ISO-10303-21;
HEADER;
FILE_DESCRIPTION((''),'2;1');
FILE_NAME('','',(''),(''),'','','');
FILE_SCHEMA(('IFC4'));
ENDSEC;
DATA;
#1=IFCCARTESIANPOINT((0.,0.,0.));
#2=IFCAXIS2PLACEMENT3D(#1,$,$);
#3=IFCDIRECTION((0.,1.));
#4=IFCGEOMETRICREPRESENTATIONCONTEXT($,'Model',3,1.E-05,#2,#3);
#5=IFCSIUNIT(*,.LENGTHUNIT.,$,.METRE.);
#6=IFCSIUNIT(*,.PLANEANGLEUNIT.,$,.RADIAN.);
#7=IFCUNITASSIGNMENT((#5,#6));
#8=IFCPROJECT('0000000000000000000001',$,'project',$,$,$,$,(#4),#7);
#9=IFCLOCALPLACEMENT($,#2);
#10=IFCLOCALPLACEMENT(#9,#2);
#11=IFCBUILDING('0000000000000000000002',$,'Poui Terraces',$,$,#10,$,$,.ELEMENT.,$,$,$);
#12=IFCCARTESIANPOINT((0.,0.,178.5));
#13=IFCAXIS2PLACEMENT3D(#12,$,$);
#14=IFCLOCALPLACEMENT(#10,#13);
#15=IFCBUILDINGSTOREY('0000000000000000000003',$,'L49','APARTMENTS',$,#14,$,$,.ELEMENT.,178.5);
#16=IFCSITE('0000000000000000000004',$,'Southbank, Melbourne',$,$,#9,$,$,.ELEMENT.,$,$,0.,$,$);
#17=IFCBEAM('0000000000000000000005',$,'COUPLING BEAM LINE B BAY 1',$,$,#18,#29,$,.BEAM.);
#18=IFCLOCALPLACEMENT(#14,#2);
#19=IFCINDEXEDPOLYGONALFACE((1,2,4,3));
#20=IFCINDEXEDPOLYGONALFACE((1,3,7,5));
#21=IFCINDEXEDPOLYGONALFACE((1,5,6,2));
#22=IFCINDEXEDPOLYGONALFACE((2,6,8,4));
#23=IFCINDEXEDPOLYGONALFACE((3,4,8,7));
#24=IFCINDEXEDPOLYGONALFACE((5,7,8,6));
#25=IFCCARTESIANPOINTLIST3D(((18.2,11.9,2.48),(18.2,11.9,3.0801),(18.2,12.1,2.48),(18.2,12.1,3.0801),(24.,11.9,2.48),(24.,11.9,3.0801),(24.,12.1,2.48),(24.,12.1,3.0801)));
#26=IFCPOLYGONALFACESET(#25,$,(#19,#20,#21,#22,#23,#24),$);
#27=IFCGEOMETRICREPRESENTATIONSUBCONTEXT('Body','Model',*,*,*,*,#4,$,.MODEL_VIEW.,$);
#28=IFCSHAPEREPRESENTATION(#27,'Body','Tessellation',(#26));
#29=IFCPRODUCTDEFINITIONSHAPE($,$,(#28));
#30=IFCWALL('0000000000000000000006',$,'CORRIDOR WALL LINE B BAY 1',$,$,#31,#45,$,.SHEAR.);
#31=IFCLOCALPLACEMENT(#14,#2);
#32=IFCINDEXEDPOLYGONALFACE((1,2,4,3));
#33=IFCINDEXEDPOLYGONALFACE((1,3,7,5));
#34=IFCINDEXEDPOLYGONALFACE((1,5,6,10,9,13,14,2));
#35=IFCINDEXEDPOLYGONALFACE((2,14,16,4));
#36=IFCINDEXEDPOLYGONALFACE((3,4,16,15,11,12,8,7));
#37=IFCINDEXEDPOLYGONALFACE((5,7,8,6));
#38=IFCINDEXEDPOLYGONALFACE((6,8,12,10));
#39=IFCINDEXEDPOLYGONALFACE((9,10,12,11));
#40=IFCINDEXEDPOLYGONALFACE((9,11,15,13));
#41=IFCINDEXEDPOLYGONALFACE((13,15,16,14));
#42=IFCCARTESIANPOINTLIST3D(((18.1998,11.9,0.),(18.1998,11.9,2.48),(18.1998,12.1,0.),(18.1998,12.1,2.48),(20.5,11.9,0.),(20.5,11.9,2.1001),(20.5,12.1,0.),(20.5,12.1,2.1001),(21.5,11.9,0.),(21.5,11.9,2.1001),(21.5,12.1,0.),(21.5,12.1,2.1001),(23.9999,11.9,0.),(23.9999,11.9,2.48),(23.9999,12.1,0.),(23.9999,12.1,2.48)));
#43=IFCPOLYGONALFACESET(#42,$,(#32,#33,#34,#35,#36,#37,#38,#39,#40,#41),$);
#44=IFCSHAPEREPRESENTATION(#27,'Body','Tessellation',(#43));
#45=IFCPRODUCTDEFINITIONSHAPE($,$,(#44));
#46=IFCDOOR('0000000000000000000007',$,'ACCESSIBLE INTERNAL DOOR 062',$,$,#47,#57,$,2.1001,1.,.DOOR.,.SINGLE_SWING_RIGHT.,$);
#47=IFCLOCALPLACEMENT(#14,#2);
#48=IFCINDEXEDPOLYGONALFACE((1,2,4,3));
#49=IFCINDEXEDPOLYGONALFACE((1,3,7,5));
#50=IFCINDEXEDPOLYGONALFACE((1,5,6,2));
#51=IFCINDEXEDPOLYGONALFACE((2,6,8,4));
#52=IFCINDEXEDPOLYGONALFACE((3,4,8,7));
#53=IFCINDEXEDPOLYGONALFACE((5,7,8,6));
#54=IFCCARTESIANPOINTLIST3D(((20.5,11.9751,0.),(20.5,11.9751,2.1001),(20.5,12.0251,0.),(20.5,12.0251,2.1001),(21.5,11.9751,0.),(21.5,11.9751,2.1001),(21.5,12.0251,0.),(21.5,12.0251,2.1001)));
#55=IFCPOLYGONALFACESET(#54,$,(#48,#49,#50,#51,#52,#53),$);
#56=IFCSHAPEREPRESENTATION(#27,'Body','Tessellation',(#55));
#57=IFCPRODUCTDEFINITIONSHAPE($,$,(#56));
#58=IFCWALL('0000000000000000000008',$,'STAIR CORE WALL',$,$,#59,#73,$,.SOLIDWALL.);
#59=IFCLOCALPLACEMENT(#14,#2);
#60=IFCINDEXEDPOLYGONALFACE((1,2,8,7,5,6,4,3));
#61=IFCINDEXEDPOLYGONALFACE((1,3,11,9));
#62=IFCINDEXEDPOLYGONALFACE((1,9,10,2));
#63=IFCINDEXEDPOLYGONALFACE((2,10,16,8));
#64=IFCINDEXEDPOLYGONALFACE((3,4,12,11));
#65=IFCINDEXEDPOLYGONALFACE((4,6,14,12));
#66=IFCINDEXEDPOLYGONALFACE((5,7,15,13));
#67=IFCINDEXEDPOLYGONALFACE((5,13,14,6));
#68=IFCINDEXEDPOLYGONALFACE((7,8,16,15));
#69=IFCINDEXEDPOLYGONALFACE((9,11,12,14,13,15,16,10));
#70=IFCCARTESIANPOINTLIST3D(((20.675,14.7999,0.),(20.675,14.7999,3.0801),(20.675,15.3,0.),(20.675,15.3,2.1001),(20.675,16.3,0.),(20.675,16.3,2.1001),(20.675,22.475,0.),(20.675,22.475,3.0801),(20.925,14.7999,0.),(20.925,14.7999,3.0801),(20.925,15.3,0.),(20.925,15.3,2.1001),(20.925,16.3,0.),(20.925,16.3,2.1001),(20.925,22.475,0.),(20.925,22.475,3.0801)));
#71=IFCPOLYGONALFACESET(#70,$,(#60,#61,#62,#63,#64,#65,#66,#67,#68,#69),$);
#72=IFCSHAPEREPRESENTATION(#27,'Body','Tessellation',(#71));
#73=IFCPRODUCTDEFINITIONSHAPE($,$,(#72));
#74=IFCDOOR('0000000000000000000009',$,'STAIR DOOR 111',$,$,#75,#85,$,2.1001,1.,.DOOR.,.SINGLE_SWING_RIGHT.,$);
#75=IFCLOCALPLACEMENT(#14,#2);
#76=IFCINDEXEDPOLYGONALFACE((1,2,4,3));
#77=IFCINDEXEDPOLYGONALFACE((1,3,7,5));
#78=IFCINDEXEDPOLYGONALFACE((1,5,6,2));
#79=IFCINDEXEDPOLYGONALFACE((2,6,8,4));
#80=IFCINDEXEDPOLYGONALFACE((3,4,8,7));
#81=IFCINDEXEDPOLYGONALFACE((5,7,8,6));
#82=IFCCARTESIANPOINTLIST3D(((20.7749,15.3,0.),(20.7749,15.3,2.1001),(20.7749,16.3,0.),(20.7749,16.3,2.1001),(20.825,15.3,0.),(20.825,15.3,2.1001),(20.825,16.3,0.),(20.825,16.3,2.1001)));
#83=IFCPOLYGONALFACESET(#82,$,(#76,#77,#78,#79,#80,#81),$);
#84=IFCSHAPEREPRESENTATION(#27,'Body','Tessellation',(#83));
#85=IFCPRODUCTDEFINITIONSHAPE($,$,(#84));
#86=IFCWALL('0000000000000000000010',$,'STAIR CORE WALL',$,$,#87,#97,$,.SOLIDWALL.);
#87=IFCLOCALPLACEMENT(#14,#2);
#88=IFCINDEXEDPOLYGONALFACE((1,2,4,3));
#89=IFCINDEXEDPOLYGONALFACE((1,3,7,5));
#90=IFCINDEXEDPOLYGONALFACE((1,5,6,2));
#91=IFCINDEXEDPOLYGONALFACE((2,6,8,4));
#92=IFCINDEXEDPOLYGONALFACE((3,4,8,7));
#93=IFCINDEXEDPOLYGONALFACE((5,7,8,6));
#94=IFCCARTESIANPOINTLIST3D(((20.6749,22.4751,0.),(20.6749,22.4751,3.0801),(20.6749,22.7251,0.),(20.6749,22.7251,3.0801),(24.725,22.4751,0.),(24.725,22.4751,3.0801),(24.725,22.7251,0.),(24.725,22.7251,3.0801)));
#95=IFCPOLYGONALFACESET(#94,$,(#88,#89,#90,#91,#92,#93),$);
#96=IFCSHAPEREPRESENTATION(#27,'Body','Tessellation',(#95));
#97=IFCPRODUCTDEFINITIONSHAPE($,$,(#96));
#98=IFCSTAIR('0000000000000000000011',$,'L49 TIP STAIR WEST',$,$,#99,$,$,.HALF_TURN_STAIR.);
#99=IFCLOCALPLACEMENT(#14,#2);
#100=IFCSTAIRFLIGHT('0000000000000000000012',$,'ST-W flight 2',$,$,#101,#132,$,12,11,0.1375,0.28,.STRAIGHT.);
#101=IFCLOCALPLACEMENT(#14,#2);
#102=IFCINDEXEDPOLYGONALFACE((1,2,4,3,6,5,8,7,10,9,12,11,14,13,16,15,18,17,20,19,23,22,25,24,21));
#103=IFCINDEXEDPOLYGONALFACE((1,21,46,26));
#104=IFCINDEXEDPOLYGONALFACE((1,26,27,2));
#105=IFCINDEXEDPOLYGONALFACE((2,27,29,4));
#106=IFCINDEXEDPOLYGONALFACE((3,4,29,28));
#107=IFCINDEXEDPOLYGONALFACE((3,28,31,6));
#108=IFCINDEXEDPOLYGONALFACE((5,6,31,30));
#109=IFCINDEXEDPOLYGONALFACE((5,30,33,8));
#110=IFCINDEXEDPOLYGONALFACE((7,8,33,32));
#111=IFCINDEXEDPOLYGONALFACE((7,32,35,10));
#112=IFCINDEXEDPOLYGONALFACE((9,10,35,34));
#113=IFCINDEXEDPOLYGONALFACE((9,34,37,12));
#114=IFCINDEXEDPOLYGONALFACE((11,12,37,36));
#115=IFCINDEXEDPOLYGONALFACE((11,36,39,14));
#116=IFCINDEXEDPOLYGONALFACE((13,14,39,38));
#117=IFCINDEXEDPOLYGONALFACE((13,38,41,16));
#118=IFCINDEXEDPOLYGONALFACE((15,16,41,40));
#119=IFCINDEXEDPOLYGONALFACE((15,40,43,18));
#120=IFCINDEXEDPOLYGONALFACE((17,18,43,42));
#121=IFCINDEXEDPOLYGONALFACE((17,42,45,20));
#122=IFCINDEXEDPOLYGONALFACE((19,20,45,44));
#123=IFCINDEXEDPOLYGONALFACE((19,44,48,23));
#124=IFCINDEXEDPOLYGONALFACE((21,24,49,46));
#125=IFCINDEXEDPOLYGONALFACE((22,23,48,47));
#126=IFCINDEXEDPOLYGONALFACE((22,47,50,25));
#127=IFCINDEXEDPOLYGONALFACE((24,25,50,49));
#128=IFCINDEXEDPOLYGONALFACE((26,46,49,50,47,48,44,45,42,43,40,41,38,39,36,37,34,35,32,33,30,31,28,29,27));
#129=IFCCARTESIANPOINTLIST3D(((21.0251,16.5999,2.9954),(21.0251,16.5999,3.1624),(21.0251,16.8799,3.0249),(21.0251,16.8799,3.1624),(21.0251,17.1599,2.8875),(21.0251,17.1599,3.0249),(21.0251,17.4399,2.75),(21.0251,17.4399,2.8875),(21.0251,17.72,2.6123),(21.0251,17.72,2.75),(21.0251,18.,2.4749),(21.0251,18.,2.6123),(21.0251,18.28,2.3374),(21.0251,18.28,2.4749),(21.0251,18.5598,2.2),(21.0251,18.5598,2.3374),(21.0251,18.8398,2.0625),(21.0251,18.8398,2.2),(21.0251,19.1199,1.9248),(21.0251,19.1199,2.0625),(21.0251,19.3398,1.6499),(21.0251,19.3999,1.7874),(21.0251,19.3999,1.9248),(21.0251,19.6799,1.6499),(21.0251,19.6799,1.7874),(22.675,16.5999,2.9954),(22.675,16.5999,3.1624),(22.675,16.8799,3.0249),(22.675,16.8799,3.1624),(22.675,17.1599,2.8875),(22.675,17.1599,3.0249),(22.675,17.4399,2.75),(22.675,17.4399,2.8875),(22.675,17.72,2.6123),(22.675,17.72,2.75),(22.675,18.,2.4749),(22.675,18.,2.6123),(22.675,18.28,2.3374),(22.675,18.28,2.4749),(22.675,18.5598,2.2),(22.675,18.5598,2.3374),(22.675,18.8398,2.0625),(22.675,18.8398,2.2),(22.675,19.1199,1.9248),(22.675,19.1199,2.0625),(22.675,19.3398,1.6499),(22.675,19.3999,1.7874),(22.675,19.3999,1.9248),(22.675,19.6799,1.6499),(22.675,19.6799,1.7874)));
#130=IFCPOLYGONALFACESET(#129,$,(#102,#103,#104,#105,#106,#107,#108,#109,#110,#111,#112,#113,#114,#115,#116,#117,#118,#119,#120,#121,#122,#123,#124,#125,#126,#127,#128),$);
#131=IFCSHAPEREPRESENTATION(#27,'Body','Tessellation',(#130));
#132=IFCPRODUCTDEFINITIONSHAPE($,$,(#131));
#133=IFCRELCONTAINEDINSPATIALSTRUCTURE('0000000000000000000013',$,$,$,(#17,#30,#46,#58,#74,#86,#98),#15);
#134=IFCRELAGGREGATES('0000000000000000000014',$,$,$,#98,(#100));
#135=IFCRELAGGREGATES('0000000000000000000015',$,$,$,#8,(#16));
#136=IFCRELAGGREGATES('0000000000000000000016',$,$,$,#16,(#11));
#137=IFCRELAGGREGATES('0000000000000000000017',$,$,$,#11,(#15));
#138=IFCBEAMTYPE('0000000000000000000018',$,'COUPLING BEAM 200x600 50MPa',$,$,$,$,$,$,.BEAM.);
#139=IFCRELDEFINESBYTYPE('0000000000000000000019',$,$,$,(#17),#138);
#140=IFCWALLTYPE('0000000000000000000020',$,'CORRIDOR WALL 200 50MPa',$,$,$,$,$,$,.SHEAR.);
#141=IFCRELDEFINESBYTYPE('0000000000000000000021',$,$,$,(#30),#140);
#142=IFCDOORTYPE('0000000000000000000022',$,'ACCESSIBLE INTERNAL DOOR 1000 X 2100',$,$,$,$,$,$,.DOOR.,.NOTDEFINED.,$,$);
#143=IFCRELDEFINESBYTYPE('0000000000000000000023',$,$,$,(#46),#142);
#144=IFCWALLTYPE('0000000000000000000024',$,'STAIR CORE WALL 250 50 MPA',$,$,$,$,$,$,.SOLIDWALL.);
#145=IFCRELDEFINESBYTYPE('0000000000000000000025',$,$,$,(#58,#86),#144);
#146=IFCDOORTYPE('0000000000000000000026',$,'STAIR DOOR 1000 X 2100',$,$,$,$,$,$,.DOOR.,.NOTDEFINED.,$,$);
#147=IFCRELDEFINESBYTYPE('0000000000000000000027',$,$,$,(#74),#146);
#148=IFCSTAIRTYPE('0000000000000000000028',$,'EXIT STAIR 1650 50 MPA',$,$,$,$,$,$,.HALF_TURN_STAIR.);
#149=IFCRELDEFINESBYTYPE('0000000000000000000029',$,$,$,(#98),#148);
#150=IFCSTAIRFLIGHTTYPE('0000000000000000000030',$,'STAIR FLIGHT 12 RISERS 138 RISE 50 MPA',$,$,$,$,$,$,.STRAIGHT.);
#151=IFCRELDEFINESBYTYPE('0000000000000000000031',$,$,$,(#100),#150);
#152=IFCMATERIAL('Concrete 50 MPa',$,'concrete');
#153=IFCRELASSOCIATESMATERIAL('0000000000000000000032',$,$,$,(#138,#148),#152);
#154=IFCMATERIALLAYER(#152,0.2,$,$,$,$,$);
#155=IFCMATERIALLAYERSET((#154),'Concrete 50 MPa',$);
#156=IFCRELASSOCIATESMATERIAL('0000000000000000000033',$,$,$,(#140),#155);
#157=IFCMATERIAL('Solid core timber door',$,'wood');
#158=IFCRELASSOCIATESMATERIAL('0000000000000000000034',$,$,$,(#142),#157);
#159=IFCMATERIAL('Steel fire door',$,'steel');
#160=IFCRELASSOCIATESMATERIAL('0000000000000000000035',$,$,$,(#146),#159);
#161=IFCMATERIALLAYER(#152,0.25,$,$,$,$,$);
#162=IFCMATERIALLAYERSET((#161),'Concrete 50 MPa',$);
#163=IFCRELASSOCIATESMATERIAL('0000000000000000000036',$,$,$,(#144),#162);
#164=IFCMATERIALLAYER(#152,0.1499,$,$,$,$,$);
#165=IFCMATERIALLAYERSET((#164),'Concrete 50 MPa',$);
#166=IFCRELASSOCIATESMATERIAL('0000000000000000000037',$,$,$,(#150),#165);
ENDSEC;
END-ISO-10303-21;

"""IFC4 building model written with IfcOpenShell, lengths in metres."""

from ifc_helpers import new_model, si_unit, direction, frame, frame_2d, origin, origin_2d, place, context, subcontext, project, spatial, polyline, rectangle, outline, extrude, source, transform, mapped, material, layer, layer_set, material_profile, profile_set, type_object, element, fill, aggregate, save


model = new_model("IFC4")

# Units and contexts
model_context = context("Model", 3, precision=1e-05, world=origin(), true_north=direction((0.0, 1.0)))
body_context = subcontext(model_context, "Body", "Model", "MODEL_VIEW")
ifc_project = project(units=[si_unit("LENGTHUNIT", "METRE"), si_unit("PLANEANGLEUNIT", "RADIAN")], contexts=[model_context])

# Site, building, storey
site_placement = place(None, origin())
site = spatial("IfcSite", under=ifc_project, at=site_placement, Name="Southbank, Melbourne", CompositionType="ELEMENT", RefElevation=0.0)
building_placement = place(site_placement, origin())
building = spatial("IfcBuilding", under=site, at=building_placement, Name="Poui Terraces", CompositionType="ELEMENT")
storey_placement = place(building_placement, frame((0.0, 0.0, 178.5)))
storey = spatial("IfcBuildingStorey", under=building, at=storey_placement, Name="L49", Description="APARTMENTS", CompositionType="ELEMENT", Elevation=178.5)

# Beam
ifc_material_1 = material(Name="Concrete 50 MPa", Category="concrete")
ifc_material_profile = material_profile(ifc_material_1, rectangle(XDim=0.2, YDim=0.6001, at=origin_2d()), Name="RC 200x600")
ifc_profile_set = profile_set([ifc_material_profile], Name="Concrete 50 MPa")
beam_type = type_object("IfcBeamType", Name="COUPLING BEAM 200x600 50MPa", PredefinedType="BEAM", material=ifc_profile_set)
shared_shape = source(origin(), body_context, "Body", "SweptSolid", [
    extrude(rectangle(XDim=0.2, YDim=0.6001, at=origin_2d()), origin(), (0.0, 0.0, 1.0), 5.8),
])
beam_placement = place(storey_placement, frame((18.2, 12.0, 2.78), z_axis=(1.0, 0.0, 0.0), x_axis=(0.0, 1.0, 0.0)))
element("IfcBeam", 1, at=beam_placement, inside=storey, type_object=beam_type, Name="COUPLING BEAM LINE B BAY 1", PredefinedType="BEAM", context=body_context, shape_type="MappedRepresentation", body=[
    mapped(shared_shape, transform((0.0, 0.0, 0.0))),
])

# Wall, opening, door
ifc_layer_1 = layer(ifc_material_1, 0.2)
ifc_layer_set_1 = layer_set([ifc_layer_1], Name="Concrete 50 MPa")
wall_type_1 = type_object("IfcWallType", Name="CORRIDOR WALL 200 50MPa", PredefinedType="SHEAR", material=ifc_layer_set_1)
wall_1_placement = place(storey_placement, frame((18.2, 12.0, 0.0), z_axis=(0.0, 0.0, 1.0), x_axis=(1.0, 0.0, 0.0)))
wall_1 = element("IfcWall", 2, at=wall_1_placement, inside=storey, type_object=wall_type_1, Name="CORRIDOR WALL LINE B BAY 1", PredefinedType="SHEAR", context=body_context, shape_type="SweptSolid", body=[
    extrude(rectangle(XDim=5.8, YDim=0.2, at=frame_2d((2.8999, 0.0))), origin(), (0.0, 0.0, 1.0), 2.48),
])
opening_1_placement = place(wall_1_placement, frame((2.3, 0.0, 0.0)))
opening_1 = element("IfcOpeningElement", 3, at=opening_1_placement, cuts=wall_1, PredefinedType="OPENING", context=body_context, shape_type="SweptSolid", body=[
    extrude(rectangle(XDim=1.0, YDim=2.1001, at=frame_2d((0.5, 1.05))), frame((0.0, 0.1099, 0.0), z_axis=(0.0, -1.0, 0.0), x_axis=(1.0, 0.0, 0.0)), (0.0, 0.0, 1.0), 0.22),
])
ifc_material_2 = material(Name="Solid core timber door", Category="wood")
door_type_1 = type_object("IfcDoorType", Name="ACCESSIBLE INTERNAL DOOR 1000 X 2100", OperationType="NOTDEFINED", PredefinedType="DOOR", material=ifc_material_2)
door_1_placement = place(opening_1_placement, frame((1.0, 0.0, 0.0), z_axis=(0.0, 0.0, 1.0), x_axis=(-1.0, 0.0, 0.0)))
door_1 = element("IfcDoor", 4, at=door_1_placement, inside=storey, type_object=door_type_1, Name="ACCESSIBLE INTERNAL DOOR 062", OperationType="SINGLE_SWING_RIGHT", OverallHeight=2.1001, OverallWidth=1.0, PredefinedType="DOOR", context=body_context, shape_type="SweptSolid", body=[
    extrude(rectangle(XDim=1.0, YDim=2.1001, at=frame_2d((0.5, 1.05))), frame((0.0, 0.0249, 0.0), z_axis=(0.0, -1.0, 0.0), x_axis=(1.0, 0.0, 0.0)), (0.0, 0.0, 1.0), 0.05),
])
fill(opening_1, door_1)

# Shared definitions
ifc_material_3 = material(Name="Steel fire door", Category="steel")
door_type_2 = type_object("IfcDoorType", Name="STAIR DOOR 1000 X 2100", OperationType="NOTDEFINED", PredefinedType="DOOR", material=ifc_material_3)

# Wall, opening, door
ifc_layer_2 = layer(ifc_material_1, 0.25)
ifc_layer_set_2 = layer_set([ifc_layer_2], Name="Concrete 50 MPa")
wall_type_2 = type_object("IfcWallType", Name="STAIR CORE WALL 250 50 MPA", PredefinedType="SOLIDWALL", material=ifc_layer_set_2)
wall_2_placement = place(storey_placement, frame((20.8, 14.8, 0.0), z_axis=(0.0, 0.0, 1.0), x_axis=(0.0, 1.0, 0.0)))
wall_2 = element("IfcWall", 5, at=wall_2_placement, inside=storey, type_object=wall_type_2, Name="STAIR CORE WALL", PredefinedType="SOLIDWALL", context=body_context, shape_type="SweptSolid", body=[
    extrude(rectangle(XDim=7.675, YDim=0.25, at=frame_2d((3.8374, 0.0))), origin(), (0.0, 0.0, 1.0), 3.0801),
])
opening_2_placement = place(wall_2_placement, frame((0.5, 0.0, 0.0)))
opening_2 = element("IfcOpeningElement", 6, at=opening_2_placement, cuts=wall_2, PredefinedType="OPENING", context=body_context, shape_type="SweptSolid", body=[
    extrude(rectangle(XDim=1.0, YDim=2.1001, at=frame_2d((0.5, 1.05))), frame((0.0, 0.135, 0.0), z_axis=(0.0, -1.0, 0.0), x_axis=(1.0, 0.0, 0.0)), (0.0, 0.0, 1.0), 0.27),
])
door_2_placement = place(opening_2_placement, frame((1.0, 0.0, 0.0), z_axis=(0.0, 0.0, 1.0), x_axis=(-1.0, 0.0, 0.0)))
door_2 = element("IfcDoor", 7, at=door_2_placement, inside=storey, type_object=door_type_2, Name="STAIR DOOR 111", OperationType="SINGLE_SWING_RIGHT", OverallHeight=2.1001, OverallWidth=1.0, PredefinedType="DOOR", context=body_context, shape_type="SweptSolid", body=[
    extrude(rectangle(XDim=1.0, YDim=2.1001, at=frame_2d((0.5, 1.05))), frame((0.0, 0.0249, 0.0), z_axis=(0.0, -1.0, 0.0), x_axis=(1.0, 0.0, 0.0)), (0.0, 0.0, 1.0), 0.05),
])
fill(opening_2, door_2)

# Wall
wall_3_placement = place(storey_placement, frame((20.675, 22.6001, 0.0), z_axis=(0.0, 0.0, 1.0), x_axis=(1.0, 0.0, 0.0)))
element("IfcWall", 8, at=wall_3_placement, inside=storey, type_object=wall_type_2, Name="STAIR CORE WALL", PredefinedType="SOLIDWALL", context=body_context, shape_type="SweptSolid", body=[
    extrude(rectangle(XDim=4.05, YDim=0.25, at=frame_2d((2.0249, 0.0))), origin(), (0.0, 0.0, 1.0), 3.0801),
])

# Stair, stair flight
stair_type = type_object("IfcStairType", Name="EXIT STAIR 1650 50 MPA", PredefinedType="HALF_TURN_STAIR", material=ifc_material_1)
stair_placement = place(storey_placement, origin())
stair = element("IfcStair", 9, at=stair_placement, inside=storey, type_object=stair_type, Name="L49 TIP STAIR WEST", PredefinedType="HALF_TURN_STAIR")
ifc_layer_3 = layer(ifc_material_1, 0.1499)
ifc_layer_set_3 = layer_set([ifc_layer_3], Name="Concrete 50 MPa")
stair_flight_type = type_object("IfcStairFlightType", Name="STAIR FLIGHT 12 RISERS 138 RISE 50 MPA", PredefinedType="STRAIGHT", material=ifc_layer_set_3)
stair_flight_placement = place(storey_placement, frame((21.8501, 19.6799, 1.6499), z_axis=(0.0, 0.0, 1.0), x_axis=(0.0, -1.0, 0.0)))
stair_flight = element("IfcStairFlight", 10, at=stair_flight_placement, type_object=stair_flight_type, Name="ST-W flight 2", NumberOfRisers=12, NumberOfTreads=11, PredefinedType="STRAIGHT", RiserHeight=0.1375, TreadLength=0.28, context=body_context, shape_type="SweptSolid", body=[
    extrude(outline(polyline([(0.0, 0.0), (0.0, 0.1375), (0.28, 0.1375), (0.28, 0.2749), (0.5601, 0.2749), (0.5601, 0.4126), (0.8401, 0.4126), (0.8401, 0.55), (1.1201, 0.55), (1.1201, 0.6875), (1.3999, 0.6875), (1.3999, 0.825), (1.6799, 0.825), (1.6799, 0.9624), (1.96, 0.9624), (1.96, 1.1001), (2.24, 1.1001), (2.24, 1.2375), (2.52, 1.2375), (2.52, 1.375), (2.8, 1.375), (2.8, 1.5125), (3.0801, 1.5125), (3.0801, 1.6499), (3.0801, 1.3455), (0.3401, 0.0), (0.0, 0.0)])), frame((0.0, 0.825, 0.0), z_axis=(0.0, -1.0, 0.0), x_axis=(1.0, 0.0, 0.0)), (0.0, 0.0, 1.0), 1.6499),
])
aggregate(stair, [stair_flight])

save(model, "model.ifc")
